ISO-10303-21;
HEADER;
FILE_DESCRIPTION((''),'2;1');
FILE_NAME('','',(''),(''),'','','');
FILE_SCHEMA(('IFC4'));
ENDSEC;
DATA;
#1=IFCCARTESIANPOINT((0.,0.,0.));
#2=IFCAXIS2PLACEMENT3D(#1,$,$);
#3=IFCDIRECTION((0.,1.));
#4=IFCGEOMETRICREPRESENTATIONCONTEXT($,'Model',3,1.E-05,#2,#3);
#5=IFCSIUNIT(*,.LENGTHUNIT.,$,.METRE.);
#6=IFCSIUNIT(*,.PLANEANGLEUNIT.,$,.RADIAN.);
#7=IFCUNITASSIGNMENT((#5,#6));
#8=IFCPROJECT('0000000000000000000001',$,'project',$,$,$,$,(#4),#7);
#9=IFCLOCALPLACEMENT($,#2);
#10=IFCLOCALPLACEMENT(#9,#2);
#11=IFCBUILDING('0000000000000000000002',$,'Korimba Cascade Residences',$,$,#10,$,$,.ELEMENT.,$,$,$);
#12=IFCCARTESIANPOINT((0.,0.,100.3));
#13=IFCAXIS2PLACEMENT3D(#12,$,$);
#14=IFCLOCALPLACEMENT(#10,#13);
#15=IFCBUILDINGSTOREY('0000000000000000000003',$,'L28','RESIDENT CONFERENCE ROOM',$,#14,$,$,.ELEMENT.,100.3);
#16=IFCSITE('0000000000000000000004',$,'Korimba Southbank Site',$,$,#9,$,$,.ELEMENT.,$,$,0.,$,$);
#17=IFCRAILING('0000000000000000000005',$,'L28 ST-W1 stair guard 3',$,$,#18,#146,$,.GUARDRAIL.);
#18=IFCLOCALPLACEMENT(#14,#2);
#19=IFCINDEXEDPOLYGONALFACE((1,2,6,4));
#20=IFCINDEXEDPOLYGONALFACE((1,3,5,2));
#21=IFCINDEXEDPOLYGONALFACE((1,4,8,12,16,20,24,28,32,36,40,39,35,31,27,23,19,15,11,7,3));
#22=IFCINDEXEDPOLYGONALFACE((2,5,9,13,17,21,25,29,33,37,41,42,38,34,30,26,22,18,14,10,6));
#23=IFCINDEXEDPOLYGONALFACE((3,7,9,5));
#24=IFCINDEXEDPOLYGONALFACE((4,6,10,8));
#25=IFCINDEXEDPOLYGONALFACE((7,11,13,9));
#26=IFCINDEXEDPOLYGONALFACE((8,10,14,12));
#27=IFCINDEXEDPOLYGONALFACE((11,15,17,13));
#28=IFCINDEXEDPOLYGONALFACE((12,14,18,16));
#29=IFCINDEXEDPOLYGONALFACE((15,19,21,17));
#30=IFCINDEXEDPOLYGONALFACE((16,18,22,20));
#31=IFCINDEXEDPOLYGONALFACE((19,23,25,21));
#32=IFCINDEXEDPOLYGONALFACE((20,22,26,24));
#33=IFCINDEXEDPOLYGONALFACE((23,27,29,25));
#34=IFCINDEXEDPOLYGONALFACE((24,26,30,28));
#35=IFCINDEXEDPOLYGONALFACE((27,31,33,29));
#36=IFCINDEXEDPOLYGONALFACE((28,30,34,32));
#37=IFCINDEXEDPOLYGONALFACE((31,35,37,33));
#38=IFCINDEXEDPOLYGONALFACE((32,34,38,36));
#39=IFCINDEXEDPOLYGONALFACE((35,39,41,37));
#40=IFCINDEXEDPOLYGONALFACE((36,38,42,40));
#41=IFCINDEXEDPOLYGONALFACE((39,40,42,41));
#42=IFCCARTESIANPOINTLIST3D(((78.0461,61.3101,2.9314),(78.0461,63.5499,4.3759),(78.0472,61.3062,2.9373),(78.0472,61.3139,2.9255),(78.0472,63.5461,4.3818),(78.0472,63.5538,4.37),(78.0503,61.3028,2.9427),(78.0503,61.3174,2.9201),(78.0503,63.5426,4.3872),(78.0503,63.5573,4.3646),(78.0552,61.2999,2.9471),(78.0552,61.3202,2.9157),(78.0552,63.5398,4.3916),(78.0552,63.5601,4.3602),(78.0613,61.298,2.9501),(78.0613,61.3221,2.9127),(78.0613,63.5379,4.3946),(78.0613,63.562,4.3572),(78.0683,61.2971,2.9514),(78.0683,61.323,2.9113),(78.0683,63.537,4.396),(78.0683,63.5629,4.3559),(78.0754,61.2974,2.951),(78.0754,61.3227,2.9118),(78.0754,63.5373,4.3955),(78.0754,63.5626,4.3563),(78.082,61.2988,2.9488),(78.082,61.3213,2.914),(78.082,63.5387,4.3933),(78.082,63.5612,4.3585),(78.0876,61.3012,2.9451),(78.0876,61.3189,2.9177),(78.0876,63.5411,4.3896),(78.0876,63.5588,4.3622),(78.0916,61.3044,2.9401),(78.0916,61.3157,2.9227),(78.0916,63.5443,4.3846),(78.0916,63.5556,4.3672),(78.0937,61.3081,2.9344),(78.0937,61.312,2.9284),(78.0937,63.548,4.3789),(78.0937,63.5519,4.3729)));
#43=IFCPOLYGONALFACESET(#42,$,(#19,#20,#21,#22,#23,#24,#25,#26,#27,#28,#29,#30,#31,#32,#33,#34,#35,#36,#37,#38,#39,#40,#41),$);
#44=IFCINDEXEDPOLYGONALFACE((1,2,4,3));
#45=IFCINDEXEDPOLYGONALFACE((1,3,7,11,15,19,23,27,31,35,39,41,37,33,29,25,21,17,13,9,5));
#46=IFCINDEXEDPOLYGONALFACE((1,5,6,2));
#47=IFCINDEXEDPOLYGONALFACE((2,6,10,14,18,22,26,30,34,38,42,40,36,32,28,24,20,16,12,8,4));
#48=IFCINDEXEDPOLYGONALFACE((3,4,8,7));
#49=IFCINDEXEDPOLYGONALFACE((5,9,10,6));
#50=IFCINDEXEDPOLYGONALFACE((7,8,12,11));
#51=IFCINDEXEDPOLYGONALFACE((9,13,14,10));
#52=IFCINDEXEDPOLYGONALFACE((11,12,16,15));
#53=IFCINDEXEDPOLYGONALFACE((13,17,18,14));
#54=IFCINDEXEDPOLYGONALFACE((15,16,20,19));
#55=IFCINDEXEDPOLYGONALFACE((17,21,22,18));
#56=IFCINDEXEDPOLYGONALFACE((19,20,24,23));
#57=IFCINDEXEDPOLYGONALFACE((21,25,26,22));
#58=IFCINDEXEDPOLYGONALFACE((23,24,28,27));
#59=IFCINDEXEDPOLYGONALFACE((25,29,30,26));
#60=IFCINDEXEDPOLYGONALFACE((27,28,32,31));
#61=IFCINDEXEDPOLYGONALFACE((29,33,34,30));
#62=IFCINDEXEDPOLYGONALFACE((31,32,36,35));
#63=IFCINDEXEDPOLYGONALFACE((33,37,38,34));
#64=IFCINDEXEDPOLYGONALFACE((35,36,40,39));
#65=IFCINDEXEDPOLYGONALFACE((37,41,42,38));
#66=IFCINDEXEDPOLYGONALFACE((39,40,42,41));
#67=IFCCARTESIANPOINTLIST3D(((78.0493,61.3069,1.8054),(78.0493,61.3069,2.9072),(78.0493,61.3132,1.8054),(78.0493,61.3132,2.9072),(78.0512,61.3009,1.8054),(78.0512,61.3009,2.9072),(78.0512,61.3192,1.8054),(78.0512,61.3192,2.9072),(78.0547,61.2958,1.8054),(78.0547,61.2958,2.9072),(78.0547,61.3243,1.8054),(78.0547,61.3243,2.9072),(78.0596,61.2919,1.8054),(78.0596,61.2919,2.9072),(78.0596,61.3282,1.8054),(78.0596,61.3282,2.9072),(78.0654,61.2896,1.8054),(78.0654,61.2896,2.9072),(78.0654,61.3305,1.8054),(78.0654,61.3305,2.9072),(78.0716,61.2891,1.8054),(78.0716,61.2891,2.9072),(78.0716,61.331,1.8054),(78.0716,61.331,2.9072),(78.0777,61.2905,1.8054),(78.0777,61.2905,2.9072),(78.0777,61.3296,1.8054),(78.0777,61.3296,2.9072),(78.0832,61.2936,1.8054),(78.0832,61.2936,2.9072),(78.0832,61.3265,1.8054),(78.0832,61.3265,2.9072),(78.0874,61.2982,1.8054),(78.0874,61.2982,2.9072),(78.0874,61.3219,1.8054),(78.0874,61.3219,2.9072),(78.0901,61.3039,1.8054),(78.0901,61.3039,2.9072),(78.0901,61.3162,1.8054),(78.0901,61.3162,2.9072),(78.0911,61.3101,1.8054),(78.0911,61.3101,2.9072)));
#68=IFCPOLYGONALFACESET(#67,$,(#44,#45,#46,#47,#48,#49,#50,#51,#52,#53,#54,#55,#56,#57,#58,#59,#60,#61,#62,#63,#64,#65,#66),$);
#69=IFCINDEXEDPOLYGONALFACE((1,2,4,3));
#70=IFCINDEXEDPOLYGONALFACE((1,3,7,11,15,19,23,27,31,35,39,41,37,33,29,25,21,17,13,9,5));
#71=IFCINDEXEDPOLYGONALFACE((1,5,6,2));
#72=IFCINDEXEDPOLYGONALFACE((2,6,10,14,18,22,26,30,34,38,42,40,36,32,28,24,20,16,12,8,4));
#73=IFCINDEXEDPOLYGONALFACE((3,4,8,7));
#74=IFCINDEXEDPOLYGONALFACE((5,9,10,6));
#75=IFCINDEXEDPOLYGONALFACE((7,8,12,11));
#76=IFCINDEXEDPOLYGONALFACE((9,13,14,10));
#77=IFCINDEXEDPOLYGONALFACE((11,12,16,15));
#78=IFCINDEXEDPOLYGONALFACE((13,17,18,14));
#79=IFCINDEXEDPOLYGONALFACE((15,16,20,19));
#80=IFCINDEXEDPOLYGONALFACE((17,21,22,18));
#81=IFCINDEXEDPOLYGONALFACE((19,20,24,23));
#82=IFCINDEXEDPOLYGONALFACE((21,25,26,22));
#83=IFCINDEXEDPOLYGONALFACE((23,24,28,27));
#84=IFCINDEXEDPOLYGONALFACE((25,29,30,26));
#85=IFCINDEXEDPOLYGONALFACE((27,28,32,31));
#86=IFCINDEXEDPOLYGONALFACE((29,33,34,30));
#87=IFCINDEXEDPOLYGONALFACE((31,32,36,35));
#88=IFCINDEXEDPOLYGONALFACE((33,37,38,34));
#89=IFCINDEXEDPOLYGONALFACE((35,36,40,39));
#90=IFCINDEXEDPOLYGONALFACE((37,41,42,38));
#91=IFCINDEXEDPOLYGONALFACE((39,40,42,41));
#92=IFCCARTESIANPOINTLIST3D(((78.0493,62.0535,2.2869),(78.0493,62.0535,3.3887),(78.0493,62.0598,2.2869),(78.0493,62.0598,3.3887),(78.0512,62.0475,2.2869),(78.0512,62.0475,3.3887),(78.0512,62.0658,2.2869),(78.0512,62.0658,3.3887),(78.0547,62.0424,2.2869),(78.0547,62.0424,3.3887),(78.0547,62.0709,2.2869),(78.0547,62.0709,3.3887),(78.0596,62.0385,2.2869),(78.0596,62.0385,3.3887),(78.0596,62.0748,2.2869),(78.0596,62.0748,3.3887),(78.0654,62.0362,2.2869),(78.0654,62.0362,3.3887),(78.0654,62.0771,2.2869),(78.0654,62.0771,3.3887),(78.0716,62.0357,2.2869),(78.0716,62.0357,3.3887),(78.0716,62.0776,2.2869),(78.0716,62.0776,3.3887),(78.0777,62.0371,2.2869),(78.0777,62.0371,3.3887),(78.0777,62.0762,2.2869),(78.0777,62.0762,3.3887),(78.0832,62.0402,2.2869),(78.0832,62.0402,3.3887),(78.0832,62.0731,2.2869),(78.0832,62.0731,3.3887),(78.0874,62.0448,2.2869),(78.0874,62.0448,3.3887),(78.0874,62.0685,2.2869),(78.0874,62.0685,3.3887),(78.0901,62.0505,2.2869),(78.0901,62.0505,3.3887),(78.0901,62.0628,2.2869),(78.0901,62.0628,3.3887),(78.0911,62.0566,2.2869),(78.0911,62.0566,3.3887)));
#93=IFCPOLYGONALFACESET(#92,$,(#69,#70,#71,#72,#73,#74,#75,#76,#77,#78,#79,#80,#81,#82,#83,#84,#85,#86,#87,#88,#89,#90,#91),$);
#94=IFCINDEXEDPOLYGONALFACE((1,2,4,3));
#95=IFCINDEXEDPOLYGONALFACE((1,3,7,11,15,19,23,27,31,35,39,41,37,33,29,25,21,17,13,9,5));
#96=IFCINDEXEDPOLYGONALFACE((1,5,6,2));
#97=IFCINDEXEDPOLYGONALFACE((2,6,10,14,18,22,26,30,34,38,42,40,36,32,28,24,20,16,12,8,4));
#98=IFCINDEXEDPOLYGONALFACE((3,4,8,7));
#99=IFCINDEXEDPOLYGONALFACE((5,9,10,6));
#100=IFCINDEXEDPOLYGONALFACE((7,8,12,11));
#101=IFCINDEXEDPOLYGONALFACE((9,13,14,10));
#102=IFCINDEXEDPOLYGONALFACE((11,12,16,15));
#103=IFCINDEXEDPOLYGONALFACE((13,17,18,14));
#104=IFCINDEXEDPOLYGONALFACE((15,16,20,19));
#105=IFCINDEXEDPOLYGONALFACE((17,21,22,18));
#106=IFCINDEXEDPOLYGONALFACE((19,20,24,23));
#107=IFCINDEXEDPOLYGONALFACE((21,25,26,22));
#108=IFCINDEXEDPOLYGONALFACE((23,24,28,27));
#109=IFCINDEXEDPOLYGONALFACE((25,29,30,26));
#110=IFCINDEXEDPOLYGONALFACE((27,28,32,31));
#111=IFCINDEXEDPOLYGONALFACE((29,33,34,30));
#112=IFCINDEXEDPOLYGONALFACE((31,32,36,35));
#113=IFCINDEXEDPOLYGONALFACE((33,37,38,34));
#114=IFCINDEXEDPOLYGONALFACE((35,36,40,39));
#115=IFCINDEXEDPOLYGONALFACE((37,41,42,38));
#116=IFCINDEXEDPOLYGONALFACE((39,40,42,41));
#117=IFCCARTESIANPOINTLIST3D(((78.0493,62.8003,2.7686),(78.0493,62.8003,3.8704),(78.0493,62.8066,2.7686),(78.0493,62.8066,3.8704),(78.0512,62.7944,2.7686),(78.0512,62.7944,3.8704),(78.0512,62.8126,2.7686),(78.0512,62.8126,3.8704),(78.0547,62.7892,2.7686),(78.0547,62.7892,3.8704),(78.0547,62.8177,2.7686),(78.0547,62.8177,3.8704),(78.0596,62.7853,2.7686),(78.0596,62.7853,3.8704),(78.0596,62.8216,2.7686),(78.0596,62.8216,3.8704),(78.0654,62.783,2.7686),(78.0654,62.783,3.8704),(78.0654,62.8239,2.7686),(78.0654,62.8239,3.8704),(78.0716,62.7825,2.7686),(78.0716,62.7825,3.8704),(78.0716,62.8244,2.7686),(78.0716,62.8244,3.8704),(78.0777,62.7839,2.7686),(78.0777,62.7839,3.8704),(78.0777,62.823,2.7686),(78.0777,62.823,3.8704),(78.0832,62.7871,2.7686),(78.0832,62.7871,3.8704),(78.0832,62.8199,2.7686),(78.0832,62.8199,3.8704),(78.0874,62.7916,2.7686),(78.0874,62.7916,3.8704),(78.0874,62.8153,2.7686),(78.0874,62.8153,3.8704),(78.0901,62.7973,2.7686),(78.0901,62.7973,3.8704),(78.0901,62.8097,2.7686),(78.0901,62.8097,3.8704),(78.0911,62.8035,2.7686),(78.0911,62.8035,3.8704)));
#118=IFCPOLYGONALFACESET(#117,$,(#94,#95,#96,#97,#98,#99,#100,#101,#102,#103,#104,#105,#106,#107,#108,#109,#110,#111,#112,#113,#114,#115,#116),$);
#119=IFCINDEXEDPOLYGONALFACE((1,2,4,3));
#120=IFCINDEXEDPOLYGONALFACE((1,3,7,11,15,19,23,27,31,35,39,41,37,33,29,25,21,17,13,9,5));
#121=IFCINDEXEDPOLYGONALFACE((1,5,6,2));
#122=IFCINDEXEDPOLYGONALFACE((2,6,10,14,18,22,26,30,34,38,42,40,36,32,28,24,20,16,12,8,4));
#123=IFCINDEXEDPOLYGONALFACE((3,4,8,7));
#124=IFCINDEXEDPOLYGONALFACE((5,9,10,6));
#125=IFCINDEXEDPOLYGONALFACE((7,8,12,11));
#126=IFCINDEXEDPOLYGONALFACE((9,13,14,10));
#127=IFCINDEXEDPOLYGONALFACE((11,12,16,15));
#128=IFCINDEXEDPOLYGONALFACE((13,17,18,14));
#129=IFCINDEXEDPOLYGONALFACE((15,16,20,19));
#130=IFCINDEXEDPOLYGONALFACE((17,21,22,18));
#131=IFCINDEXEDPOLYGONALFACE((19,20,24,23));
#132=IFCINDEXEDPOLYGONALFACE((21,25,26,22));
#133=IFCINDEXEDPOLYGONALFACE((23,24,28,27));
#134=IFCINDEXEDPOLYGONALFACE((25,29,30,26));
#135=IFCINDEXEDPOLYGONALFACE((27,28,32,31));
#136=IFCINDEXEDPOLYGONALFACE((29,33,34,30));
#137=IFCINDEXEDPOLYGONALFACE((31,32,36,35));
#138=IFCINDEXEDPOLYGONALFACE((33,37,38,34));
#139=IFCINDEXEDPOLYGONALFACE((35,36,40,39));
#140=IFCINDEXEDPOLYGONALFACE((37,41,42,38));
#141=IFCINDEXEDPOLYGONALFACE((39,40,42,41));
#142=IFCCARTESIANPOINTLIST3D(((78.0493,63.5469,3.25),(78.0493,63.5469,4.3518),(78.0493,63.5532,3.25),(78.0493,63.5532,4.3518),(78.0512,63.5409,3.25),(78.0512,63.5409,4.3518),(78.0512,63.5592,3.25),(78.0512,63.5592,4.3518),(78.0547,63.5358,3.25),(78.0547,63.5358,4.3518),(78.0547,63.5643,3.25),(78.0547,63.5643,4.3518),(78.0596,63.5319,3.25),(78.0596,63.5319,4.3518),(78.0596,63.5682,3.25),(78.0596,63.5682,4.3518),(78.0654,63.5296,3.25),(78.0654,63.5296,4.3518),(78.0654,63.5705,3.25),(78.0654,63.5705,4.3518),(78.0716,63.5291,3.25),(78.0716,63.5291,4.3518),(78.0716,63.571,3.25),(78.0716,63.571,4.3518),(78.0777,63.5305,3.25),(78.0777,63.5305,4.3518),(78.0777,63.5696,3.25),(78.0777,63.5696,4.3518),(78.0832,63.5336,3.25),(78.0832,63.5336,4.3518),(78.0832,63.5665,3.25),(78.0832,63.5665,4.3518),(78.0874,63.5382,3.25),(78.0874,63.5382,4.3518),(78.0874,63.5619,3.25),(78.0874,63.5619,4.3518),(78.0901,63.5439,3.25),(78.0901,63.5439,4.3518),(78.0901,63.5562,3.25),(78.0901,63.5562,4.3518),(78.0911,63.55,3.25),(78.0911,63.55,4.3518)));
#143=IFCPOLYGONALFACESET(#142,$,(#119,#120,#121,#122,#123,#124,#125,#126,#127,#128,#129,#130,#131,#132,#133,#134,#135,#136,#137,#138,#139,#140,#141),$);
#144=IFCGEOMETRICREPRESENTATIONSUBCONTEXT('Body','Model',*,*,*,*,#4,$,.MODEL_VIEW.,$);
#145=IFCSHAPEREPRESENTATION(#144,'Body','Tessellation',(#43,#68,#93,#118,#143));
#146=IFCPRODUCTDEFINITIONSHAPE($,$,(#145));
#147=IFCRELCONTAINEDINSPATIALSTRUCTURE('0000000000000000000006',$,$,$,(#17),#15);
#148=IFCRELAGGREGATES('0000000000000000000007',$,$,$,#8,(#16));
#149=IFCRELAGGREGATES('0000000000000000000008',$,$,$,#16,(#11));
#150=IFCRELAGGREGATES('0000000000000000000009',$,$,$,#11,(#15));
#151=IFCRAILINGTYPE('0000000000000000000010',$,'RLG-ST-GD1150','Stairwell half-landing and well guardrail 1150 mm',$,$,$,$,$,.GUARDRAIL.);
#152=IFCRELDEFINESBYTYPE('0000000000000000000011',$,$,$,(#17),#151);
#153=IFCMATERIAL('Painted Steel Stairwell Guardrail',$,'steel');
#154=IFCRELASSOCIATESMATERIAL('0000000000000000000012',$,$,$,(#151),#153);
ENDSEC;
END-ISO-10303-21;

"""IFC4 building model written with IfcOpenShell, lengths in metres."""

from ifc_helpers import new_model, si_unit, direction, frame, origin, origin_2d, place, context, subcontext, project, spatial, circle, extrude, material, type_object, element, save


model = new_model("IFC4")

# Units and contexts
model_context = context("Model", 3, precision=1e-05, world=origin(), true_north=direction((0.0, 1.0)))
body_context = subcontext(model_context, "Body", "Model", "MODEL_VIEW")
ifc_project = project(units=[si_unit("LENGTHUNIT", "METRE"), si_unit("PLANEANGLEUNIT", "RADIAN")], contexts=[model_context])

# Site, building, storey
site_placement = place(None, origin())
site = spatial("IfcSite", under=ifc_project, at=site_placement, Name="Korimba Southbank Site", CompositionType="ELEMENT", RefElevation=0.0)
building_placement = place(site_placement, origin())
building = spatial("IfcBuilding", under=site, at=building_placement, Name="Korimba Cascade Residences", CompositionType="ELEMENT")
storey_placement = place(building_placement, frame((0.0, 0.0, 100.3)))
storey = spatial("IfcBuildingStorey", under=building, at=storey_placement, Name="L28", Description="RESIDENT CONFERENCE ROOM", CompositionType="ELEMENT", Elevation=100.3)

# Railing
ifc_material_1 = material(Name="Painted Steel Stairwell Guardrail", Category="steel")
railing_type_1 = type_object("IfcRailingType", Name="RLG-ST-GD1150", Description="Stairwell half-landing and well guardrail 1150 mm", PredefinedType="GUARDRAIL", material=ifc_material_1)
railing_1_placement = place(storey_placement, frame((78.0701, 61.3101, 1.8054)))
element("IfcRailing", 1, at=railing_1_placement, inside=storey, type_object=railing_type_1, Name="L28 ST-W1 stair guard 3", PredefinedType="GUARDRAIL", context=body_context, shape_type="SweptSolid", body=[
    extrude(circle(Radius=0.0239, at=origin_2d()), frame((0.0, 0.0, 1.126), z_axis=(0.0, 0.840395, 0.541975), x_axis=(-1.0, 0.0, 0.0)), (0.0, 0.0, 1.0), 2.6653),
    extrude(circle(Radius=0.021, at=origin_2d()), origin(), (0.0, 0.0, 1.0), 1.1018),
    extrude(circle(Radius=0.021, at=origin_2d()), frame((0.0, 0.7466, 0.4814)), (0.0, 0.0, 1.0), 1.1018),
    extrude(circle(Radius=0.021, at=origin_2d()), frame((0.0, 1.4934, 0.9631)), (0.0, 0.0, 1.0), 1.1018),
    extrude(circle(Radius=0.021, at=origin_2d()), frame((0.0, 2.24, 1.4446)), (0.0, 0.0, 1.0), 1.1018),
])

save(model, "model.ifc")
